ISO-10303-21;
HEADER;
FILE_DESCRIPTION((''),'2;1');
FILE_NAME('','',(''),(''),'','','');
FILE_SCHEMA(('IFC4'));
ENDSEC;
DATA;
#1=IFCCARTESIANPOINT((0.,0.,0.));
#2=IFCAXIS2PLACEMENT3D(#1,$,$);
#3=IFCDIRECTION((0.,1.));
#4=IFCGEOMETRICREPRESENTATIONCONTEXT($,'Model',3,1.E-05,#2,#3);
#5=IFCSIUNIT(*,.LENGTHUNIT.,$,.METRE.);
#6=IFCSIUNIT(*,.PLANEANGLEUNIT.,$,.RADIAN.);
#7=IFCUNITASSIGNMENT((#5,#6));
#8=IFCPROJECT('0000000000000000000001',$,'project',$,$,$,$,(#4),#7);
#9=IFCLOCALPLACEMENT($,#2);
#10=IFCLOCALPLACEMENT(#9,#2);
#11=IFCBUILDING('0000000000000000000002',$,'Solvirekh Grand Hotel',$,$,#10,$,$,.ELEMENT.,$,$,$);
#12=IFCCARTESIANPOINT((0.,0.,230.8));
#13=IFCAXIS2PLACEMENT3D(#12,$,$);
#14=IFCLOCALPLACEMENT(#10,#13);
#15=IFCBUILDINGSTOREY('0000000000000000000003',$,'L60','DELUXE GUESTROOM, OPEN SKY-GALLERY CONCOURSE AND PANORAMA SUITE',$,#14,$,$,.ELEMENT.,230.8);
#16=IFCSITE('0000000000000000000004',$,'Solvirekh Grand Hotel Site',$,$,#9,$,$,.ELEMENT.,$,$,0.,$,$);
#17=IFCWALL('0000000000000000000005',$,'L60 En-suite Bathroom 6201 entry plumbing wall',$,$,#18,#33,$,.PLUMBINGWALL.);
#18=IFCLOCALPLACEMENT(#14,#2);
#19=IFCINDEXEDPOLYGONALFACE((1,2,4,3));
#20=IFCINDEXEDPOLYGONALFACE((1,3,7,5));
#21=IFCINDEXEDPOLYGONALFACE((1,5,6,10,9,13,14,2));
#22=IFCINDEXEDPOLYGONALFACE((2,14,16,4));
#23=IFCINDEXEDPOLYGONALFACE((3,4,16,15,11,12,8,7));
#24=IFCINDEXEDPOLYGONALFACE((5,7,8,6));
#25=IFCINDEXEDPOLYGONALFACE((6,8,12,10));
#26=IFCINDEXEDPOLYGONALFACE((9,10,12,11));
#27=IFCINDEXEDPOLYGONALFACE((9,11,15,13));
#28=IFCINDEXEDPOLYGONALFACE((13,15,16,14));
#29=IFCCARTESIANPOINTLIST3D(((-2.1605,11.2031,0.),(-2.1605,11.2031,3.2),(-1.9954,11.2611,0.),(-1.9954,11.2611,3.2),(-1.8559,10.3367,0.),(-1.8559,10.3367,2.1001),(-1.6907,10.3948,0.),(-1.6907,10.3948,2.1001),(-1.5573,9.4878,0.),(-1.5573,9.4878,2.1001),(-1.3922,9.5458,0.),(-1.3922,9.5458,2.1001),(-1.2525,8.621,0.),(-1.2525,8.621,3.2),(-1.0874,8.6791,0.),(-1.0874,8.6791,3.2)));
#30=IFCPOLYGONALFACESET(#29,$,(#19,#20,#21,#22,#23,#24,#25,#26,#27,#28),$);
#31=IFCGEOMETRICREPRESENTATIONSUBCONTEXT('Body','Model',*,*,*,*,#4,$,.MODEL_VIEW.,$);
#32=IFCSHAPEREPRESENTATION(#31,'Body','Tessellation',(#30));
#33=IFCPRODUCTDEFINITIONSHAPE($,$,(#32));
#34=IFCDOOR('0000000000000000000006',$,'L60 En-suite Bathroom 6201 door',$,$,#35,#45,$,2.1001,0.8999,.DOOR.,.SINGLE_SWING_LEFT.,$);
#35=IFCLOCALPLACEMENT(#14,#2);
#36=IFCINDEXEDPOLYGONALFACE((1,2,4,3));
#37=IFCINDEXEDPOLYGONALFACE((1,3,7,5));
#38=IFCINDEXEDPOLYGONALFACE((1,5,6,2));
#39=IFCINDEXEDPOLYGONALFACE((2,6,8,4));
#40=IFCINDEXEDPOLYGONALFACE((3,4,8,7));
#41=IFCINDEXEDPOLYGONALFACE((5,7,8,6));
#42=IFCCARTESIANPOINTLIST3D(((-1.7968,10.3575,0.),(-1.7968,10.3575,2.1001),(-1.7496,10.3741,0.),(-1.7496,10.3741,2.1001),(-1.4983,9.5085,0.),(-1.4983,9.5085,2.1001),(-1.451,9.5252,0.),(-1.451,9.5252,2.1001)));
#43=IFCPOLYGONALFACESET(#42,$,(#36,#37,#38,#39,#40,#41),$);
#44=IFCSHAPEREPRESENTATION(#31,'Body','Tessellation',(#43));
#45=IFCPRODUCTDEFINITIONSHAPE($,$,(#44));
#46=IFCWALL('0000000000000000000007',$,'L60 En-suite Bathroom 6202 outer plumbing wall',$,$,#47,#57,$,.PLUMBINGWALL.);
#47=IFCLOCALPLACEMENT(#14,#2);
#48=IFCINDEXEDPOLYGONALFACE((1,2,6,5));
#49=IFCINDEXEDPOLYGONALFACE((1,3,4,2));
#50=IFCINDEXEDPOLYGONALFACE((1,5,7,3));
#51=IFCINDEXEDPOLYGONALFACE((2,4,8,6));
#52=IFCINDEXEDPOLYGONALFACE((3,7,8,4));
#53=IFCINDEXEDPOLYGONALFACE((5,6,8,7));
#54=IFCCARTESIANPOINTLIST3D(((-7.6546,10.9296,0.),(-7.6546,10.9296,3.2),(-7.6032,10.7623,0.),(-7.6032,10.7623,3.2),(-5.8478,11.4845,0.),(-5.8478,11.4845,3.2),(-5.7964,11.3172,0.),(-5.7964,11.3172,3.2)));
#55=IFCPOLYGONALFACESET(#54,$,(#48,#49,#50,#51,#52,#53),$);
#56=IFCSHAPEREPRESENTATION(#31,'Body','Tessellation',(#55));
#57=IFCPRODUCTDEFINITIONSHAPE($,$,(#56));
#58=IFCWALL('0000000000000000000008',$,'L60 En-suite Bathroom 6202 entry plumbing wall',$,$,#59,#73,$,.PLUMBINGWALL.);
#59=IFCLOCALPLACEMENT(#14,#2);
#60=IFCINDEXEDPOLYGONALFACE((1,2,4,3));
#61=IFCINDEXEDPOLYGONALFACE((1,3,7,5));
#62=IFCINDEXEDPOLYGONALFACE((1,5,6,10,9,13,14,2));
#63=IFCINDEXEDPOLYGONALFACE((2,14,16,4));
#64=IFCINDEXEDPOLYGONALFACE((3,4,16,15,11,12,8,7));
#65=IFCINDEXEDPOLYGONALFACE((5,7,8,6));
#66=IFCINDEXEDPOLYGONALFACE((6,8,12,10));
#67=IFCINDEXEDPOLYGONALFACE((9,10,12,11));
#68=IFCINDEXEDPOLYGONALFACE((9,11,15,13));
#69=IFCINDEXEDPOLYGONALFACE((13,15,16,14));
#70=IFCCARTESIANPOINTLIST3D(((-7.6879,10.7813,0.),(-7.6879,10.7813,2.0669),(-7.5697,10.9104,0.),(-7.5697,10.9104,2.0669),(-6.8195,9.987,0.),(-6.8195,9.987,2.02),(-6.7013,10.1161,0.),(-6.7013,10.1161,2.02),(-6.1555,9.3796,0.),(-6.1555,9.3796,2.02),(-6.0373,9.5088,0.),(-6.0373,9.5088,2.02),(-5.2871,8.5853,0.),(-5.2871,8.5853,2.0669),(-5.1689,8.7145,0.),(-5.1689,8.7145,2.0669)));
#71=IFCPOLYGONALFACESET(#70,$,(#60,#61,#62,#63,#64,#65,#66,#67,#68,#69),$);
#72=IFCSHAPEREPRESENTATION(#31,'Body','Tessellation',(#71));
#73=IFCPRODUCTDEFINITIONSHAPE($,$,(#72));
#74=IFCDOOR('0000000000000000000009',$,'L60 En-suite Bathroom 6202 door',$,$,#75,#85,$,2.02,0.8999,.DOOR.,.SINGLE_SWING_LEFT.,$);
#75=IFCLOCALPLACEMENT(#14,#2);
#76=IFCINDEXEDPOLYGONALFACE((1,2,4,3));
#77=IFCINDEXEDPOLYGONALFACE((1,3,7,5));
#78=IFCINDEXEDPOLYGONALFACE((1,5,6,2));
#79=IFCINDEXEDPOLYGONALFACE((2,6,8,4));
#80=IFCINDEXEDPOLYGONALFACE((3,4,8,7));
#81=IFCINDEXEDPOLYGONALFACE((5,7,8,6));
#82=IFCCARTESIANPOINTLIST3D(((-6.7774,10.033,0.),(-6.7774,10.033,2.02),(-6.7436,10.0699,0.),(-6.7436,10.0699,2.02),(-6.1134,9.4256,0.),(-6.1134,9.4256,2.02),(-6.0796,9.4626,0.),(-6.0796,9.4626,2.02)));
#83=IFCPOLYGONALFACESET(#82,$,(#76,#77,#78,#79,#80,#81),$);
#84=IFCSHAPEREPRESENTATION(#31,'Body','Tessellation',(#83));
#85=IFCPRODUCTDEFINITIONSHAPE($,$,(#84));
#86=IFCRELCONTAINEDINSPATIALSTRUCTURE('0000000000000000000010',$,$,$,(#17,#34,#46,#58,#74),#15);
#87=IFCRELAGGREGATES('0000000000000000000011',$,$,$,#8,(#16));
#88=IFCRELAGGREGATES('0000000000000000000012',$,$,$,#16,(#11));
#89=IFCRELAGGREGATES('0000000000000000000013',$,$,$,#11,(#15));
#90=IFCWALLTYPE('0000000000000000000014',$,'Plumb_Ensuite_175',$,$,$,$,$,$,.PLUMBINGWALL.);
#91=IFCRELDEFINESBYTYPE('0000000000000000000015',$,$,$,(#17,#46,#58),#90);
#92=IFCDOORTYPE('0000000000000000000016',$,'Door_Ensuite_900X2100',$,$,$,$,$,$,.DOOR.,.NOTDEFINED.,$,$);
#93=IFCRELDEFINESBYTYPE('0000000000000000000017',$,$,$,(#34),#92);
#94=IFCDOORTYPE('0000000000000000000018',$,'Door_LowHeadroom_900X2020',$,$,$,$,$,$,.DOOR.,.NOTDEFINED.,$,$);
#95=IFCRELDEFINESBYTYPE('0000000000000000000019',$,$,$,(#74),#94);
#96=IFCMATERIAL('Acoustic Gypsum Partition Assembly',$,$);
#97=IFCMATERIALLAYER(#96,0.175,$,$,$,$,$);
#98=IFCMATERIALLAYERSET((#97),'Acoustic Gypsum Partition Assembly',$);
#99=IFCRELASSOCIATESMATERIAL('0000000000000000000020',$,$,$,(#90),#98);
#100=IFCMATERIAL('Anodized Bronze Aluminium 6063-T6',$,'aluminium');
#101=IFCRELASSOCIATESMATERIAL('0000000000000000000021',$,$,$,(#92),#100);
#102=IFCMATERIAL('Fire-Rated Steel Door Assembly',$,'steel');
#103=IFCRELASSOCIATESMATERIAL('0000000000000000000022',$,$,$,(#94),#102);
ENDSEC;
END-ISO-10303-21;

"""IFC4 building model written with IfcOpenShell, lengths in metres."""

from ifc_helpers import new_model, si_unit, direction, frame, frame_2d, origin, place, context, subcontext, project, spatial, rectangle, extrude, material, layer, layer_set, type_object, element, fill, save


model = new_model("IFC4")

# Units and contexts
model_context = context("Model", 3, precision=1e-05, world=origin(), true_north=direction((0.0, 1.0)))
body_context = subcontext(model_context, "Body", "Model", "MODEL_VIEW")
ifc_project = project(units=[si_unit("LENGTHUNIT", "METRE"), si_unit("PLANEANGLEUNIT", "RADIAN")], contexts=[model_context])

# Site, building, storey
site_placement = place(None, origin())
site = spatial("IfcSite", under=ifc_project, at=site_placement, Name="Solvirekh Grand Hotel Site", CompositionType="ELEMENT", RefElevation=0.0)
building_placement = place(site_placement, origin())
building = spatial("IfcBuilding", under=site, at=building_placement, Name="Solvirekh Grand Hotel", CompositionType="ELEMENT")
storey_placement = place(building_placement, frame((0.0, 0.0, 230.8)))
storey = spatial("IfcBuildingStorey", under=building, at=storey_placement, Name="L60", Description="DELUXE GUESTROOM, OPEN SKY-GALLERY CONCOURSE AND PANORAMA SUITE", CompositionType="ELEMENT", Elevation=230.8)

# Shared definitions
ifc_material_1 = material(Name="Anodized Bronze Aluminium 6063-T6", Category="aluminium")

# Shared definitions
ifc_material_2 = material(Name="Acoustic Gypsum Partition Assembly")
ifc_layer_1 = layer(ifc_material_2, 0.175)
ifc_layer_set_1 = layer_set([ifc_layer_1], Name="Acoustic Gypsum Partition Assembly")
wall_type_1 = type_object("IfcWallType", Name="Plumb_Ensuite_175", PredefinedType="PLUMBINGWALL", material=ifc_layer_set_1)

# Wall, opening, door
wall_1_placement = place(storey_placement, frame((-1.1699, 8.6499, 0.0), z_axis=(0.0, 0.0, 1.0), x_axis=(-0.331733, 0.943373, 0.0)))
wall_1 = element("IfcWall", 1, at=wall_1_placement, inside=storey, type_object=wall_type_1, Name="L60 En-suite Bathroom 6201 entry plumbing wall", PredefinedType="PLUMBINGWALL", context=body_context, shape_type="SweptSolid", body=[
    extrude(rectangle(XDim=2.7371, YDim=0.175, at=frame_2d((1.3687, 0.0))), origin(), (0.0, 0.0, 1.0), 3.2),
])
opening_1_placement = place(wall_1_placement, frame((0.9189, 0.0, 0.0)))
opening_1 = element("IfcOpeningElement", 2, at=opening_1_placement, cuts=wall_1, PredefinedType="OPENING", context=body_context, shape_type="SweptSolid", body=[
    extrude(rectangle(XDim=0.8999, YDim=2.1001, at=frame_2d((0.45, 1.05))), frame((0.0, 0.0977, 0.0), z_axis=(0.0, -1.0, 0.0), x_axis=(1.0, 0.0, 0.0)), (0.0, 0.0, 1.0), 0.1951),
])
door_type_1 = type_object("IfcDoorType", Name="Door_Ensuite_900X2100", OperationType="NOTDEFINED", PredefinedType="DOOR", material=ifc_material_1)
door_1_placement = place(opening_1_placement, origin())
door_1 = element("IfcDoor", 3, at=door_1_placement, inside=storey, type_object=door_type_1, Name="L60 En-suite Bathroom 6201 door", OperationType="SINGLE_SWING_LEFT", OverallHeight=2.1001, OverallWidth=0.8999, PredefinedType="DOOR", context=body_context, shape_type="SweptSolid", body=[
    extrude(rectangle(XDim=0.8999, YDim=2.1001, at=frame_2d((0.45, 1.05))), frame((0.0, 0.0249, 0.0), z_axis=(0.0, -1.0, 0.0), x_axis=(1.0, 0.0, 0.0)), (0.0, 0.0, 1.0), 0.05),
])
fill(opening_1, door_1)

# Wall
wall_2_placement = place(storey_placement, frame((-7.6289, 10.8459, 0.0), z_axis=(0.0, 0.0, 1.0), x_axis=(0.955932, 0.293587, 0.0)))
element("IfcWall", 4, at=wall_2_placement, inside=storey, type_object=wall_type_1, Name="L60 En-suite Bathroom 6202 outer plumbing wall", PredefinedType="PLUMBINGWALL", context=body_context, shape_type="SweptSolid", body=[
    extrude(rectangle(XDim=1.8901, YDim=0.175, at=frame_2d((0.9451, 0.0))), origin(), (0.0, 0.0, 1.0), 3.2),
])

# Wall, opening, door
wall_3_placement = place(storey_placement, frame((-7.6289, 10.8459, 0.0), z_axis=(0.0, 0.0, 1.0), x_axis=(0.737883, -0.674929, 0.0)))
wall_3 = element("IfcWall", 5, at=wall_3_placement, inside=storey, type_object=wall_type_1, Name="L60 En-suite Bathroom 6202 entry plumbing wall", PredefinedType="PLUMBINGWALL", context=body_context, shape_type="SweptSolid", body=[
    extrude(rectangle(XDim=3.2537, YDim=0.175, at=frame_2d((1.627, 0.0))), origin(), (0.0, 0.0, 1.0), 2.0669),
])
opening_2_placement = place(wall_3_placement, frame((1.177, 0.0, 0.0)))
opening_2 = element("IfcOpeningElement", 6, at=opening_2_placement, cuts=wall_3, PredefinedType="OPENING", context=body_context, shape_type="SweptSolid", body=[
    extrude(rectangle(XDim=0.8999, YDim=2.02, at=frame_2d((0.45, 1.01))), frame((0.0, 0.0977, 0.0), z_axis=(0.0, -1.0, 0.0), x_axis=(1.0, 0.0, 0.0)), (0.0, 0.0, 1.0), 0.1951),
])
ifc_material_3 = material(Name="Fire-Rated Steel Door Assembly", Category="steel")
door_type_2 = type_object("IfcDoorType", Name="Door_LowHeadroom_900X2020", OperationType="NOTDEFINED", PredefinedType="DOOR", material=ifc_material_3)
door_2_placement = place(opening_2_placement, origin())
door_2 = element("IfcDoor", 7, at=door_2_placement, inside=storey, type_object=door_type_2, Name="L60 En-suite Bathroom 6202 door", OperationType="SINGLE_SWING_LEFT", OverallHeight=2.02, OverallWidth=0.8999, PredefinedType="DOOR", context=body_context, shape_type="SweptSolid", body=[
    extrude(rectangle(XDim=0.8999, YDim=2.02, at=frame_2d((0.45, 1.01))), frame((0.0, 0.0249, 0.0), z_axis=(0.0, -1.0, 0.0), x_axis=(1.0, 0.0, 0.0)), (0.0, 0.0, 1.0), 0.05),
])
fill(opening_2, door_2)

save(model, "model.ifc")
